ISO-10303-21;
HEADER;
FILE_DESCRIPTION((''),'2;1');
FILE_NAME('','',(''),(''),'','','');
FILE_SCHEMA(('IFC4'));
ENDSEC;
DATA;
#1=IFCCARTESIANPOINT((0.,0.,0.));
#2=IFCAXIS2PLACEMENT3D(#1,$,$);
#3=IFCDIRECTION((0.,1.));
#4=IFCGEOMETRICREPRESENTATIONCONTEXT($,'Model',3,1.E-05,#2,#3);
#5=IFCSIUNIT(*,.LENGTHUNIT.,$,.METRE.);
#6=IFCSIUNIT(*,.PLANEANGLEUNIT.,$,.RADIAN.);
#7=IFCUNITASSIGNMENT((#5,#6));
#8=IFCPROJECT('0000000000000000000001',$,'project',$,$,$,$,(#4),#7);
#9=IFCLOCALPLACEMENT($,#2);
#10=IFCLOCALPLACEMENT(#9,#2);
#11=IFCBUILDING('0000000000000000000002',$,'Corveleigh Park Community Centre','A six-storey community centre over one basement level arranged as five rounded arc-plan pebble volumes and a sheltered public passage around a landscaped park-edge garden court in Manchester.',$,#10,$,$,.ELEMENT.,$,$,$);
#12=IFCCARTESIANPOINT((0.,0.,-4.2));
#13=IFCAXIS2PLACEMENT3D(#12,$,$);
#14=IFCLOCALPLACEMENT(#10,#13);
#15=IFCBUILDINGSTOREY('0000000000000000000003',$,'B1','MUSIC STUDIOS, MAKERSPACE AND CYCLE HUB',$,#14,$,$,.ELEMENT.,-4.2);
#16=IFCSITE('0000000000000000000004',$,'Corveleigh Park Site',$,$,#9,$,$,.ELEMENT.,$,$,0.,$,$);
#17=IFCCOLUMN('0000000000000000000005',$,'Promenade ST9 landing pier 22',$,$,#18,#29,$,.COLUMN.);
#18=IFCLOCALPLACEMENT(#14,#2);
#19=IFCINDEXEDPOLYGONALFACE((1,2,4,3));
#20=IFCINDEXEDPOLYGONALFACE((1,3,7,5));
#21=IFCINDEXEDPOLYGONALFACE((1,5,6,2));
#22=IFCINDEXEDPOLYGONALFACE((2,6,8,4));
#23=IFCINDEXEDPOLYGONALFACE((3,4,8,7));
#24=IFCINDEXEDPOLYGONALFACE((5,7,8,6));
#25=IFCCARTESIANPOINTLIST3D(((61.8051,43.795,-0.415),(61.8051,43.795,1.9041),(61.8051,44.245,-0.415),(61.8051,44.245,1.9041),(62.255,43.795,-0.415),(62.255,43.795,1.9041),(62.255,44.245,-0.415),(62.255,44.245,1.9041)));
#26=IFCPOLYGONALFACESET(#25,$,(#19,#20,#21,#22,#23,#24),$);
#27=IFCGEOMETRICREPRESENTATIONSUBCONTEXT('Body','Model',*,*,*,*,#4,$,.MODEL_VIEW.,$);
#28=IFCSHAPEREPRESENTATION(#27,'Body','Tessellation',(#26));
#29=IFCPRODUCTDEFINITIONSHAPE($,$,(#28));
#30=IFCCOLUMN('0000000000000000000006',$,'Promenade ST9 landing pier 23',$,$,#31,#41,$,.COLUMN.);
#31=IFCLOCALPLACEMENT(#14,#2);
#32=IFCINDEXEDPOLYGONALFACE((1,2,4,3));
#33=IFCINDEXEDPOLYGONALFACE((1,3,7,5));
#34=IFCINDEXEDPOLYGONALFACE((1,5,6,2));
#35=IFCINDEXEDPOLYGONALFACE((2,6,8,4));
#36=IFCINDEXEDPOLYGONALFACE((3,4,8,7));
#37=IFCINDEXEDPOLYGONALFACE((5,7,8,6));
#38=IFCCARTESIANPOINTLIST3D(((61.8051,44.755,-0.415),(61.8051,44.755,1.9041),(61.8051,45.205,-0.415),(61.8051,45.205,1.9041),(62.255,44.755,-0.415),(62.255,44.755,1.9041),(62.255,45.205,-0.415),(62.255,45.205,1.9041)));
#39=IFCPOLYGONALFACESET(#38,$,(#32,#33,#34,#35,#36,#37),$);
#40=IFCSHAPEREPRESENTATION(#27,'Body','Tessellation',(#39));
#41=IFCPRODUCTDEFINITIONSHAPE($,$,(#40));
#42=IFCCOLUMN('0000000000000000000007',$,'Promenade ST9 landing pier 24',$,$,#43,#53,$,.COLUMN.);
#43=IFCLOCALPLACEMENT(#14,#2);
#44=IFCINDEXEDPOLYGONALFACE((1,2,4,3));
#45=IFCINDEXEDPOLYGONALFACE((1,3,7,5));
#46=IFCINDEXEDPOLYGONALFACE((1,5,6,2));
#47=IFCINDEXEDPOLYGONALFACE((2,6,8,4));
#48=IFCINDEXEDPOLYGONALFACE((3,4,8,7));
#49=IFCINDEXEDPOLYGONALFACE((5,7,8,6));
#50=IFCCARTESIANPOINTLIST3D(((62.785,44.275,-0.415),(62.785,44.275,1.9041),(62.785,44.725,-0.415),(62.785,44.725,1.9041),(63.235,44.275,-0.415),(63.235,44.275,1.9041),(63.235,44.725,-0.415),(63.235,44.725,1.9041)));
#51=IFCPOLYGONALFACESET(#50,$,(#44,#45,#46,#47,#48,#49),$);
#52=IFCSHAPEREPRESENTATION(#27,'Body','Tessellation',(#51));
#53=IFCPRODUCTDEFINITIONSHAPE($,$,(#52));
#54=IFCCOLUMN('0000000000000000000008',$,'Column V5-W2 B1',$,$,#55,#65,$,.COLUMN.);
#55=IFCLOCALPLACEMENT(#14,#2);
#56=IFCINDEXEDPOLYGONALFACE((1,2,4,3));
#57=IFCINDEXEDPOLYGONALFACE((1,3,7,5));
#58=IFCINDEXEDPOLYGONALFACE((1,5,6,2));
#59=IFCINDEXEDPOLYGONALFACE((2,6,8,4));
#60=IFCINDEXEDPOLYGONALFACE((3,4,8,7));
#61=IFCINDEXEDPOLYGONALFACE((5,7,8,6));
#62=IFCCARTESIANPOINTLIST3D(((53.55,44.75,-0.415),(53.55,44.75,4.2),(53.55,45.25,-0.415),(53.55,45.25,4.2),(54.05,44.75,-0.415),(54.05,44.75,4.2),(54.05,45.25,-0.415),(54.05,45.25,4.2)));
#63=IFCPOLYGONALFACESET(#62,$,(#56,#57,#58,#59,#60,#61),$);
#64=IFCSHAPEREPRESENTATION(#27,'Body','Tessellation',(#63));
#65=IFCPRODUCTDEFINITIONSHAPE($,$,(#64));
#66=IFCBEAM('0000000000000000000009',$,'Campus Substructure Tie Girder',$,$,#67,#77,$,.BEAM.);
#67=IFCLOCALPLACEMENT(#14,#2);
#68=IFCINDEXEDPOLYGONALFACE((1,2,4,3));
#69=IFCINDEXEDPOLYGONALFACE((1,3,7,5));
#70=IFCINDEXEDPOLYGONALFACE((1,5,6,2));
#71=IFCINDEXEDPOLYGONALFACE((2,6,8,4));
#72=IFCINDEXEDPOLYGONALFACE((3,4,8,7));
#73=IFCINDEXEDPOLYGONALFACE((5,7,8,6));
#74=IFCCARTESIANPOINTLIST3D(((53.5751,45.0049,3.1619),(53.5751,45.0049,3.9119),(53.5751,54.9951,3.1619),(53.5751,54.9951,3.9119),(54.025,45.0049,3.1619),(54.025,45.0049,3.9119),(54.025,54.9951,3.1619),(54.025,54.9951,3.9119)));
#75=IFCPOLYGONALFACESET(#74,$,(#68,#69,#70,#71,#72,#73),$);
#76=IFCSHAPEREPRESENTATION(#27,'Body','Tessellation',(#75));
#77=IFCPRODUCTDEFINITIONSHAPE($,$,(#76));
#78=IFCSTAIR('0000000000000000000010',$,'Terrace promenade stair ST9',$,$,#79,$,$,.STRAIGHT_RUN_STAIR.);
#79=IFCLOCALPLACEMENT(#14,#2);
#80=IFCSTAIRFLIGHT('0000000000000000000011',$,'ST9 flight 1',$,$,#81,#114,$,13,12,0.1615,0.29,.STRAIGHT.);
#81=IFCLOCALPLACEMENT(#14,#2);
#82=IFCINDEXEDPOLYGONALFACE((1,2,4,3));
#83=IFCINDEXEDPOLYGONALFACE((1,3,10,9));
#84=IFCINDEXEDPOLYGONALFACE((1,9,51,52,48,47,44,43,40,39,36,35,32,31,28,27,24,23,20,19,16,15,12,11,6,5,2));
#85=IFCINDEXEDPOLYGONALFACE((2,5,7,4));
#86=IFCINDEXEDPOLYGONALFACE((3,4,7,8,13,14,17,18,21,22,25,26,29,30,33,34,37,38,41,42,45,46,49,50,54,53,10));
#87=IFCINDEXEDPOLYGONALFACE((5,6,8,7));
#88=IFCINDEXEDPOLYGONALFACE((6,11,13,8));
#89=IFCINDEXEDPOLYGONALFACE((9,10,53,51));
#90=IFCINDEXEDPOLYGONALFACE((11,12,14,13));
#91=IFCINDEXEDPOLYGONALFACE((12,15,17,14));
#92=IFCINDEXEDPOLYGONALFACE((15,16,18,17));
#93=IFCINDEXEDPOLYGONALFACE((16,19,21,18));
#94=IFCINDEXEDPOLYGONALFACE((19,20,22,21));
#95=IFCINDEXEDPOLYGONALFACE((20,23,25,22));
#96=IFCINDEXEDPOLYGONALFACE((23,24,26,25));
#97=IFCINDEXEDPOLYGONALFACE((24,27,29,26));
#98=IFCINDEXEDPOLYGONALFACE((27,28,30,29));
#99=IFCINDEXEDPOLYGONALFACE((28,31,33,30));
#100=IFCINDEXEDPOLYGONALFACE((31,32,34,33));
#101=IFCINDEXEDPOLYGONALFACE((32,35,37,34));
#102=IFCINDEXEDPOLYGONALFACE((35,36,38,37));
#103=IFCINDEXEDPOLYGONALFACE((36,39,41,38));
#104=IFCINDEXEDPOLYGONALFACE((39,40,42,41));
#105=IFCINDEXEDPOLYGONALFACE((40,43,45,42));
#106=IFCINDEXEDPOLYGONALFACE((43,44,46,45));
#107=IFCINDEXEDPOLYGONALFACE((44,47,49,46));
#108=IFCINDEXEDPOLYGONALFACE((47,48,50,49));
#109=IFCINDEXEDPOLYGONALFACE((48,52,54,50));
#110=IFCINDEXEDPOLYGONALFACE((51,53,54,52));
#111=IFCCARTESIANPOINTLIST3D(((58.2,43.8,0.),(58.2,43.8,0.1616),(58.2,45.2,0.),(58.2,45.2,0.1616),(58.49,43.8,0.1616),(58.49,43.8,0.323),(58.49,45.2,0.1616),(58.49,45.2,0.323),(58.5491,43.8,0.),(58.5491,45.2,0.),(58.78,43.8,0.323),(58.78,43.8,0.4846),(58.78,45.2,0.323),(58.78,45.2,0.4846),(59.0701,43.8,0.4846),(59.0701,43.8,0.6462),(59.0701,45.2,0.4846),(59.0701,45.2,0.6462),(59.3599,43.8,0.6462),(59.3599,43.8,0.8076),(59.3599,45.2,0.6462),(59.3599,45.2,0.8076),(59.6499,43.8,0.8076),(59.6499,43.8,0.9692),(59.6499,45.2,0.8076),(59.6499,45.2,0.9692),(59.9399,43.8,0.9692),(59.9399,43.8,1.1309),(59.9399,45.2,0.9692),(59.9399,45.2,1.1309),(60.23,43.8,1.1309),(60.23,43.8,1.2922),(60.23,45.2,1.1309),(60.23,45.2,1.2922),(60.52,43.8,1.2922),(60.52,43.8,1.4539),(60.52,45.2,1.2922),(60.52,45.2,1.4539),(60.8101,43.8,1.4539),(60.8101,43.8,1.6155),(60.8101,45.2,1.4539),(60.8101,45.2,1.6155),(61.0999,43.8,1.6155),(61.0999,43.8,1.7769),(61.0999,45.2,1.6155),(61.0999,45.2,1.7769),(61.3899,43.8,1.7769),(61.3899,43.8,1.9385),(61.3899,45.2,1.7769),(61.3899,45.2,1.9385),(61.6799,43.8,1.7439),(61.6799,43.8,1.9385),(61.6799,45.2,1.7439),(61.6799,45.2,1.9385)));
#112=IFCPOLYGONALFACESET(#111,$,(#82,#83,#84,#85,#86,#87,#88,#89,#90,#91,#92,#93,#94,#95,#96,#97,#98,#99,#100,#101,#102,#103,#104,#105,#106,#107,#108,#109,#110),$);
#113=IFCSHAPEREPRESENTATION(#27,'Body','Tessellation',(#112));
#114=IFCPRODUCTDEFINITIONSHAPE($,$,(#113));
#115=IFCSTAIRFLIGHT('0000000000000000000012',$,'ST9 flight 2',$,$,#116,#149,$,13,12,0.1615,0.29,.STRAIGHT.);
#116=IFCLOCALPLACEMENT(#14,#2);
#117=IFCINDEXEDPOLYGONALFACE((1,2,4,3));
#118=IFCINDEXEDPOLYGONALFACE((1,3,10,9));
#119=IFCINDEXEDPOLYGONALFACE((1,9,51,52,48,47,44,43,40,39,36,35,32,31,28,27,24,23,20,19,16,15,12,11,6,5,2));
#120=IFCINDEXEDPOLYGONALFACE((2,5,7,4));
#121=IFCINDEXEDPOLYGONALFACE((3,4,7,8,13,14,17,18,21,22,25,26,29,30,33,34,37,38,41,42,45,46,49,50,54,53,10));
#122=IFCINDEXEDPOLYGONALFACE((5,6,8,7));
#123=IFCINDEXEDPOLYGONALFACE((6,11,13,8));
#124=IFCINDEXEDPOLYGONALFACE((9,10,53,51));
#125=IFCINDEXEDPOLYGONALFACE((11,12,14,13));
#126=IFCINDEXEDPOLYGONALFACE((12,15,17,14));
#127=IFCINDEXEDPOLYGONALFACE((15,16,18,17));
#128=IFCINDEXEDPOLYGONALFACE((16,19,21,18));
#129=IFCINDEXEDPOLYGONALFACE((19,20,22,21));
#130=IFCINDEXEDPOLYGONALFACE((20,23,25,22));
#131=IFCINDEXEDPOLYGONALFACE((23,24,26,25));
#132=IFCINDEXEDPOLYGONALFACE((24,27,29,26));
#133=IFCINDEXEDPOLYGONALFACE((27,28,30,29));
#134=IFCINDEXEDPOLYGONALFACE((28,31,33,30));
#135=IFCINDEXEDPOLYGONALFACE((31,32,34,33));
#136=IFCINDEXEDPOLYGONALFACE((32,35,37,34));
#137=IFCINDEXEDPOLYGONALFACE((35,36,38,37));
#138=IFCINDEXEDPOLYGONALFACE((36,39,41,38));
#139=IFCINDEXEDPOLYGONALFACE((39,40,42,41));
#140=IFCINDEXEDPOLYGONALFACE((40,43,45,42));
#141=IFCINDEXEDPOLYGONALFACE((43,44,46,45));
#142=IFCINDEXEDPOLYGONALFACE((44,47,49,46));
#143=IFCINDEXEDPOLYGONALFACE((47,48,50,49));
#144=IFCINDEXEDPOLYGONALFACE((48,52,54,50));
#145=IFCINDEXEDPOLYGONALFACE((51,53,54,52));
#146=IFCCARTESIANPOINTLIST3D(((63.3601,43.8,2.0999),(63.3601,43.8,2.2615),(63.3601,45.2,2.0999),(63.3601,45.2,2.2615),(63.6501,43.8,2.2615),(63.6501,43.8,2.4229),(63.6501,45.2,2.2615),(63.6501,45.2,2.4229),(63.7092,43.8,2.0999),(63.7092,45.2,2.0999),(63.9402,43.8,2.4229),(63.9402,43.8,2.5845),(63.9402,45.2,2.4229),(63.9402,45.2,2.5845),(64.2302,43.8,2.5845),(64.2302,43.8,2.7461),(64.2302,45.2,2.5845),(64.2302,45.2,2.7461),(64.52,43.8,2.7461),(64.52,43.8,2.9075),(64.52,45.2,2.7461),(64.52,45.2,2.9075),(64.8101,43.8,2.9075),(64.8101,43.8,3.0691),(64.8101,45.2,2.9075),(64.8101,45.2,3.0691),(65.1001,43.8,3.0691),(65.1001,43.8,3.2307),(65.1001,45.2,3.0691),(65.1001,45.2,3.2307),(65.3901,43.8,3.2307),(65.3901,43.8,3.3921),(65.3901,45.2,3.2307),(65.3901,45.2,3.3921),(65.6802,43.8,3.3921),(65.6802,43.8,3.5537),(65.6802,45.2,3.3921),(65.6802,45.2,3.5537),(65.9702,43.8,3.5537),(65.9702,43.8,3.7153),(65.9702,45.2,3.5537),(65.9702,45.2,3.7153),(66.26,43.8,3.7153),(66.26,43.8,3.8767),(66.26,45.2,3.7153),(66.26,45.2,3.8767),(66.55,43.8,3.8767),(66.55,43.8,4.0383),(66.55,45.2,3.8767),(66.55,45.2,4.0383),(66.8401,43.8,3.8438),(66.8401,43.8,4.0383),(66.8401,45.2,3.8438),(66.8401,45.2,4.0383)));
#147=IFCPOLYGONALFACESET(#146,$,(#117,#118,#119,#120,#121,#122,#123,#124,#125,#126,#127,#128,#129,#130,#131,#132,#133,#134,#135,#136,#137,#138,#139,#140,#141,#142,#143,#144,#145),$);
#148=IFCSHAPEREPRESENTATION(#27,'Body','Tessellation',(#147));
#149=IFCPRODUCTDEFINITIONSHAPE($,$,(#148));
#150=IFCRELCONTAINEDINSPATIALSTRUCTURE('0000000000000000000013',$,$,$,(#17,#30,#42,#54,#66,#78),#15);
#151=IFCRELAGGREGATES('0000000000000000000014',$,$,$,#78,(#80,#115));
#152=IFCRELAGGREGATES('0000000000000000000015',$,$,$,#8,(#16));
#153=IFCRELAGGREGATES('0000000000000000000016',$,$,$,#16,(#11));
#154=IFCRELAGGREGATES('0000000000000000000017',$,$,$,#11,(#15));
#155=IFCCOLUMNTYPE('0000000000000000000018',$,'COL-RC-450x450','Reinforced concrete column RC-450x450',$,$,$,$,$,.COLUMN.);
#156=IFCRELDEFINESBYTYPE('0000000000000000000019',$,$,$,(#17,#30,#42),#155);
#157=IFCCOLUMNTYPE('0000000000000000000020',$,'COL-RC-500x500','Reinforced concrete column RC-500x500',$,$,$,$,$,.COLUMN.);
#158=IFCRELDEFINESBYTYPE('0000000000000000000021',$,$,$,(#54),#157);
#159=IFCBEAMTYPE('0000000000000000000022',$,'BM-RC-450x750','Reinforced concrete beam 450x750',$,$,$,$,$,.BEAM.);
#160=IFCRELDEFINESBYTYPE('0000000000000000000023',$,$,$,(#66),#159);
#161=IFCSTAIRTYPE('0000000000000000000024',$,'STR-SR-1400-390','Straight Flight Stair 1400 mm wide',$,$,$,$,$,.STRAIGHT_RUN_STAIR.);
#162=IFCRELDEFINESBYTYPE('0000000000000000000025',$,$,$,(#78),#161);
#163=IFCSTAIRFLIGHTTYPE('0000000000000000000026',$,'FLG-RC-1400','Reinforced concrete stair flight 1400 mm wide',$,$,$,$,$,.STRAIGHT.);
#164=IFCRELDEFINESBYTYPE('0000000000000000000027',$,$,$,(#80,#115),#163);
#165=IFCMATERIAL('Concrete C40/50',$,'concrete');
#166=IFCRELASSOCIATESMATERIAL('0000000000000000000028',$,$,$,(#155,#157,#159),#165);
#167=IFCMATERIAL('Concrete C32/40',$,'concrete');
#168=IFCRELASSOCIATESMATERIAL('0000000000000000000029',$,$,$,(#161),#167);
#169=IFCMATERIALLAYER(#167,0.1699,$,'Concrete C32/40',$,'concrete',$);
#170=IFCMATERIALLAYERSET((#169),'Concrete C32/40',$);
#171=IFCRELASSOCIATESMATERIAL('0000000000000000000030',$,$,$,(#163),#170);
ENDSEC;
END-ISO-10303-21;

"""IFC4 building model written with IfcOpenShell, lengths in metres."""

from ifc_helpers import new_model, si_unit, direction, frame, origin, origin_2d, place, context, subcontext, project, spatial, polyline, rectangle, outline, extrude, material, layer, layer_set, material_profile, profile_set, type_object, element, aggregate, save


model = new_model("IFC4")

# Units and contexts
model_context = context("Model", 3, precision=1e-05, world=origin(), true_north=direction((0.0, 1.0)))
body_context = subcontext(model_context, "Body", "Model", "MODEL_VIEW")
ifc_project = project(units=[si_unit("LENGTHUNIT", "METRE"), si_unit("PLANEANGLEUNIT", "RADIAN")], contexts=[model_context])

# Site, building, storey
site_placement = place(None, origin())
site = spatial("IfcSite", under=ifc_project, at=site_placement, Name="Corveleigh Park Site", CompositionType="ELEMENT", RefElevation=0.0)
building_placement = place(site_placement, origin())
building = spatial("IfcBuilding", under=site, at=building_placement, Name="Corveleigh Park Community Centre", Description="A six-storey community centre over one basement level arranged as five rounded arc-plan pebble volumes and a sheltered public passage around a landscaped park-edge garden court in Manchester.", CompositionType="ELEMENT")
storey_placement = place(building_placement, frame((0.0, 0.0, -4.2)))
storey = spatial("IfcBuildingStorey", under=building, at=storey_placement, Name="B1", Description="MUSIC STUDIOS, MAKERSPACE AND CYCLE HUB", CompositionType="ELEMENT", Elevation=-4.2)

# Shared definitions
ifc_material_1 = material(Name="Concrete C40/50", Category="concrete")

# Shared definitions
ifc_material_2 = material(Name="Concrete C32/40", Category="concrete")

# Columns
ifc_material_profile_1 = material_profile(ifc_material_1, rectangle(XDim=0.45, YDim=0.45, at=origin_2d()), Name="RC-450x450", Category="concrete")
ifc_profile_set_1 = profile_set([ifc_material_profile_1], Name="Concrete C40/50")
column_type_1 = type_object("IfcColumnType", Name="COL-RC-450x450", Description="Reinforced concrete column RC-450x450", PredefinedType="COLUMN", material=ifc_profile_set_1)
for number, where, z_axis, x_axis, name in (
    (1, (62.03, 44.02, -0.415), (0.0, 0.0, 1.0), (1.0, 0.0, 0.0), "Promenade ST9 landing pier 22"),
    (2, (62.03, 44.98, -0.415), (0.0, 0.0, 1.0), (1.0, 0.0, 0.0), "Promenade ST9 landing pier 23"),
    (3, (63.01, 44.5, -0.415), (0.0, 0.0, 1.0), (1.0, 0.0, 0.0), "Promenade ST9 landing pier 24"),
):
    element("IfcColumn", number, at=place(storey_placement, frame(where, z_axis=z_axis, x_axis=x_axis)), inside=storey, type_object=column_type_1, Name=name, PredefinedType="COLUMN", context=body_context, shape_type="SweptSolid", body=[
        extrude(rectangle(XDim=0.45, YDim=0.45, at=origin_2d()), origin(), (0.0, 0.0, 1.0), 2.3191),
    ])
ifc_material_profile_2 = material_profile(ifc_material_1, rectangle(XDim=0.5, YDim=0.5, at=origin_2d()), Name="RC-500x500", Category="concrete")
ifc_profile_set_2 = profile_set([ifc_material_profile_2], Name="Concrete C40/50")
column_type_2 = type_object("IfcColumnType", Name="COL-RC-500x500", Description="Reinforced concrete column RC-500x500", PredefinedType="COLUMN", material=ifc_profile_set_2)
column_placement = place(storey_placement, frame((53.8, 45.0, -0.415), z_axis=(0.0, 0.0, 1.0), x_axis=(1.0, 0.0, 0.0)))
element("IfcColumn", 4, at=column_placement, inside=storey, type_object=column_type_2, Name="Column V5-W2 B1", PredefinedType="COLUMN", context=body_context, shape_type="SweptSolid", body=[
    extrude(rectangle(XDim=0.5, YDim=0.5, at=origin_2d()), origin(), (0.0, 0.0, 1.0), 4.615),
])

# Beam
ifc_material_profile_3 = material_profile(ifc_material_1, rectangle(XDim=0.45, YDim=0.75, at=origin_2d()), Name="RC-450x750", Category="concrete")
ifc_profile_set_3 = profile_set([ifc_material_profile_3], Name="Concrete C40/50")
beam_type = type_object("IfcBeamType", Name="BM-RC-450x750", Description="Reinforced concrete beam 450x750", PredefinedType="BEAM", material=ifc_profile_set_3)
beam_placement = place(storey_placement, frame((53.8, 45.0049, 3.5369), z_axis=(0.0, 1.0, 0.0), x_axis=(-1.0, 0.0, 0.0)))
element("IfcBeam", 5, at=beam_placement, inside=storey, type_object=beam_type, Name="Campus Substructure Tie Girder", PredefinedType="BEAM", context=body_context, shape_type="SweptSolid", body=[
    extrude(rectangle(XDim=0.45, YDim=0.75, at=origin_2d()), origin(), (0.0, 0.0, 1.0), 9.9902),
])

# Stair, stair flights
stair_type = type_object("IfcStairType", Name="STR-SR-1400-390", Description="Straight Flight Stair 1400 mm wide", PredefinedType="STRAIGHT_RUN_STAIR", material=ifc_material_2)
stair_placement = place(storey_placement, origin())
stair = element("IfcStair", 6, at=stair_placement, inside=storey, type_object=stair_type, Name="Terrace promenade stair ST9", PredefinedType="STRAIGHT_RUN_STAIR")
ifc_layer = layer(ifc_material_2, 0.1699, Name="Concrete C32/40", Category="concrete")
ifc_layer_set = layer_set([ifc_layer], Name="Concrete C32/40")
stair_flight_type = type_object("IfcStairFlightType", Name="FLG-RC-1400", Description="Reinforced concrete stair flight 1400 mm wide", PredefinedType="STRAIGHT", material=ifc_layer_set)
stair_flight_1_placement = place(storey_placement, frame((58.2, 44.5, 0.0), z_axis=(0.0, 0.0, 1.0), x_axis=(1.0, 0.0, 0.0)))
stair_flight_1 = element("IfcStairFlight", 7, at=stair_flight_1_placement, type_object=stair_flight_type, Name="ST9 flight 1", NumberOfRisers=13, NumberOfTreads=12, PredefinedType="STRAIGHT", RiserHeight=0.1615, TreadLength=0.29, context=body_context, shape_type="SweptSolid", body=[
    extrude(outline(polyline([(0.0, 0.0), (0.0, 0.1616), (0.29, 0.1616), (0.29, 0.323), (0.5801, 0.323), (0.5801, 0.4846), (0.8701, 0.4846), (0.8701, 0.6462), (1.1599, 0.6462), (1.1599, 0.8076), (1.45, 0.8076), (1.45, 0.9692), (1.74, 0.9692), (1.74, 1.1309), (2.03, 1.1309), (2.03, 1.2922), (2.3201, 1.2922), (2.3201, 1.4539), (2.6101, 1.4539), (2.6101, 1.6155), (2.8999, 1.6155), (2.8999, 1.7769), (3.1899, 1.7769), (3.1899, 1.9385), (3.48, 1.9385), (3.48, 2.1001), (3.48, 1.7439), (0.3491, 0.0), (0.0, 0.0)])), frame((0.0, 0.7, 0.0), z_axis=(0.0, -1.0, 0.0), x_axis=(1.0, 0.0, 0.0)), (0.0, 0.0, 1.0), 1.3999),
])
stair_flight_2_placement = place(storey_placement, frame((63.3601, 44.5, 2.0999), z_axis=(0.0, 0.0, 1.0), x_axis=(1.0, 0.0, 0.0)))
stair_flight_2 = element("IfcStairFlight", 8, at=stair_flight_2_placement, type_object=stair_flight_type, Name="ST9 flight 2", NumberOfRisers=13, NumberOfTreads=12, PredefinedType="STRAIGHT", RiserHeight=0.1615, TreadLength=0.29, context=body_context, shape_type="SweptSolid", body=[
    extrude(outline(polyline([(0.0, 0.0), (0.0, 0.1616), (0.29, 0.1616), (0.29, 0.323), (0.5801, 0.323), (0.5801, 0.4846), (0.8701, 0.4846), (0.8701, 0.6462), (1.1599, 0.6462), (1.1599, 0.8076), (1.45, 0.8076), (1.45, 0.9692), (1.74, 0.9692), (1.74, 1.1309), (2.03, 1.1309), (2.03, 1.2922), (2.3201, 1.2922), (2.3201, 1.4539), (2.6101, 1.4539), (2.6101, 1.6155), (2.8999, 1.6155), (2.8999, 1.7769), (3.1899, 1.7769), (3.1899, 1.9385), (3.48, 1.9385), (3.48, 2.1001), (3.48, 1.7439), (0.3491, 0.0), (0.0, 0.0)])), frame((0.0, 0.7, 0.0), z_axis=(0.0, -1.0, 0.0), x_axis=(1.0, 0.0, 0.0)), (0.0, 0.0, 1.0), 1.3999),
])
aggregate(stair, [stair_flight_1, stair_flight_2])

save(model, "model.ifc")
